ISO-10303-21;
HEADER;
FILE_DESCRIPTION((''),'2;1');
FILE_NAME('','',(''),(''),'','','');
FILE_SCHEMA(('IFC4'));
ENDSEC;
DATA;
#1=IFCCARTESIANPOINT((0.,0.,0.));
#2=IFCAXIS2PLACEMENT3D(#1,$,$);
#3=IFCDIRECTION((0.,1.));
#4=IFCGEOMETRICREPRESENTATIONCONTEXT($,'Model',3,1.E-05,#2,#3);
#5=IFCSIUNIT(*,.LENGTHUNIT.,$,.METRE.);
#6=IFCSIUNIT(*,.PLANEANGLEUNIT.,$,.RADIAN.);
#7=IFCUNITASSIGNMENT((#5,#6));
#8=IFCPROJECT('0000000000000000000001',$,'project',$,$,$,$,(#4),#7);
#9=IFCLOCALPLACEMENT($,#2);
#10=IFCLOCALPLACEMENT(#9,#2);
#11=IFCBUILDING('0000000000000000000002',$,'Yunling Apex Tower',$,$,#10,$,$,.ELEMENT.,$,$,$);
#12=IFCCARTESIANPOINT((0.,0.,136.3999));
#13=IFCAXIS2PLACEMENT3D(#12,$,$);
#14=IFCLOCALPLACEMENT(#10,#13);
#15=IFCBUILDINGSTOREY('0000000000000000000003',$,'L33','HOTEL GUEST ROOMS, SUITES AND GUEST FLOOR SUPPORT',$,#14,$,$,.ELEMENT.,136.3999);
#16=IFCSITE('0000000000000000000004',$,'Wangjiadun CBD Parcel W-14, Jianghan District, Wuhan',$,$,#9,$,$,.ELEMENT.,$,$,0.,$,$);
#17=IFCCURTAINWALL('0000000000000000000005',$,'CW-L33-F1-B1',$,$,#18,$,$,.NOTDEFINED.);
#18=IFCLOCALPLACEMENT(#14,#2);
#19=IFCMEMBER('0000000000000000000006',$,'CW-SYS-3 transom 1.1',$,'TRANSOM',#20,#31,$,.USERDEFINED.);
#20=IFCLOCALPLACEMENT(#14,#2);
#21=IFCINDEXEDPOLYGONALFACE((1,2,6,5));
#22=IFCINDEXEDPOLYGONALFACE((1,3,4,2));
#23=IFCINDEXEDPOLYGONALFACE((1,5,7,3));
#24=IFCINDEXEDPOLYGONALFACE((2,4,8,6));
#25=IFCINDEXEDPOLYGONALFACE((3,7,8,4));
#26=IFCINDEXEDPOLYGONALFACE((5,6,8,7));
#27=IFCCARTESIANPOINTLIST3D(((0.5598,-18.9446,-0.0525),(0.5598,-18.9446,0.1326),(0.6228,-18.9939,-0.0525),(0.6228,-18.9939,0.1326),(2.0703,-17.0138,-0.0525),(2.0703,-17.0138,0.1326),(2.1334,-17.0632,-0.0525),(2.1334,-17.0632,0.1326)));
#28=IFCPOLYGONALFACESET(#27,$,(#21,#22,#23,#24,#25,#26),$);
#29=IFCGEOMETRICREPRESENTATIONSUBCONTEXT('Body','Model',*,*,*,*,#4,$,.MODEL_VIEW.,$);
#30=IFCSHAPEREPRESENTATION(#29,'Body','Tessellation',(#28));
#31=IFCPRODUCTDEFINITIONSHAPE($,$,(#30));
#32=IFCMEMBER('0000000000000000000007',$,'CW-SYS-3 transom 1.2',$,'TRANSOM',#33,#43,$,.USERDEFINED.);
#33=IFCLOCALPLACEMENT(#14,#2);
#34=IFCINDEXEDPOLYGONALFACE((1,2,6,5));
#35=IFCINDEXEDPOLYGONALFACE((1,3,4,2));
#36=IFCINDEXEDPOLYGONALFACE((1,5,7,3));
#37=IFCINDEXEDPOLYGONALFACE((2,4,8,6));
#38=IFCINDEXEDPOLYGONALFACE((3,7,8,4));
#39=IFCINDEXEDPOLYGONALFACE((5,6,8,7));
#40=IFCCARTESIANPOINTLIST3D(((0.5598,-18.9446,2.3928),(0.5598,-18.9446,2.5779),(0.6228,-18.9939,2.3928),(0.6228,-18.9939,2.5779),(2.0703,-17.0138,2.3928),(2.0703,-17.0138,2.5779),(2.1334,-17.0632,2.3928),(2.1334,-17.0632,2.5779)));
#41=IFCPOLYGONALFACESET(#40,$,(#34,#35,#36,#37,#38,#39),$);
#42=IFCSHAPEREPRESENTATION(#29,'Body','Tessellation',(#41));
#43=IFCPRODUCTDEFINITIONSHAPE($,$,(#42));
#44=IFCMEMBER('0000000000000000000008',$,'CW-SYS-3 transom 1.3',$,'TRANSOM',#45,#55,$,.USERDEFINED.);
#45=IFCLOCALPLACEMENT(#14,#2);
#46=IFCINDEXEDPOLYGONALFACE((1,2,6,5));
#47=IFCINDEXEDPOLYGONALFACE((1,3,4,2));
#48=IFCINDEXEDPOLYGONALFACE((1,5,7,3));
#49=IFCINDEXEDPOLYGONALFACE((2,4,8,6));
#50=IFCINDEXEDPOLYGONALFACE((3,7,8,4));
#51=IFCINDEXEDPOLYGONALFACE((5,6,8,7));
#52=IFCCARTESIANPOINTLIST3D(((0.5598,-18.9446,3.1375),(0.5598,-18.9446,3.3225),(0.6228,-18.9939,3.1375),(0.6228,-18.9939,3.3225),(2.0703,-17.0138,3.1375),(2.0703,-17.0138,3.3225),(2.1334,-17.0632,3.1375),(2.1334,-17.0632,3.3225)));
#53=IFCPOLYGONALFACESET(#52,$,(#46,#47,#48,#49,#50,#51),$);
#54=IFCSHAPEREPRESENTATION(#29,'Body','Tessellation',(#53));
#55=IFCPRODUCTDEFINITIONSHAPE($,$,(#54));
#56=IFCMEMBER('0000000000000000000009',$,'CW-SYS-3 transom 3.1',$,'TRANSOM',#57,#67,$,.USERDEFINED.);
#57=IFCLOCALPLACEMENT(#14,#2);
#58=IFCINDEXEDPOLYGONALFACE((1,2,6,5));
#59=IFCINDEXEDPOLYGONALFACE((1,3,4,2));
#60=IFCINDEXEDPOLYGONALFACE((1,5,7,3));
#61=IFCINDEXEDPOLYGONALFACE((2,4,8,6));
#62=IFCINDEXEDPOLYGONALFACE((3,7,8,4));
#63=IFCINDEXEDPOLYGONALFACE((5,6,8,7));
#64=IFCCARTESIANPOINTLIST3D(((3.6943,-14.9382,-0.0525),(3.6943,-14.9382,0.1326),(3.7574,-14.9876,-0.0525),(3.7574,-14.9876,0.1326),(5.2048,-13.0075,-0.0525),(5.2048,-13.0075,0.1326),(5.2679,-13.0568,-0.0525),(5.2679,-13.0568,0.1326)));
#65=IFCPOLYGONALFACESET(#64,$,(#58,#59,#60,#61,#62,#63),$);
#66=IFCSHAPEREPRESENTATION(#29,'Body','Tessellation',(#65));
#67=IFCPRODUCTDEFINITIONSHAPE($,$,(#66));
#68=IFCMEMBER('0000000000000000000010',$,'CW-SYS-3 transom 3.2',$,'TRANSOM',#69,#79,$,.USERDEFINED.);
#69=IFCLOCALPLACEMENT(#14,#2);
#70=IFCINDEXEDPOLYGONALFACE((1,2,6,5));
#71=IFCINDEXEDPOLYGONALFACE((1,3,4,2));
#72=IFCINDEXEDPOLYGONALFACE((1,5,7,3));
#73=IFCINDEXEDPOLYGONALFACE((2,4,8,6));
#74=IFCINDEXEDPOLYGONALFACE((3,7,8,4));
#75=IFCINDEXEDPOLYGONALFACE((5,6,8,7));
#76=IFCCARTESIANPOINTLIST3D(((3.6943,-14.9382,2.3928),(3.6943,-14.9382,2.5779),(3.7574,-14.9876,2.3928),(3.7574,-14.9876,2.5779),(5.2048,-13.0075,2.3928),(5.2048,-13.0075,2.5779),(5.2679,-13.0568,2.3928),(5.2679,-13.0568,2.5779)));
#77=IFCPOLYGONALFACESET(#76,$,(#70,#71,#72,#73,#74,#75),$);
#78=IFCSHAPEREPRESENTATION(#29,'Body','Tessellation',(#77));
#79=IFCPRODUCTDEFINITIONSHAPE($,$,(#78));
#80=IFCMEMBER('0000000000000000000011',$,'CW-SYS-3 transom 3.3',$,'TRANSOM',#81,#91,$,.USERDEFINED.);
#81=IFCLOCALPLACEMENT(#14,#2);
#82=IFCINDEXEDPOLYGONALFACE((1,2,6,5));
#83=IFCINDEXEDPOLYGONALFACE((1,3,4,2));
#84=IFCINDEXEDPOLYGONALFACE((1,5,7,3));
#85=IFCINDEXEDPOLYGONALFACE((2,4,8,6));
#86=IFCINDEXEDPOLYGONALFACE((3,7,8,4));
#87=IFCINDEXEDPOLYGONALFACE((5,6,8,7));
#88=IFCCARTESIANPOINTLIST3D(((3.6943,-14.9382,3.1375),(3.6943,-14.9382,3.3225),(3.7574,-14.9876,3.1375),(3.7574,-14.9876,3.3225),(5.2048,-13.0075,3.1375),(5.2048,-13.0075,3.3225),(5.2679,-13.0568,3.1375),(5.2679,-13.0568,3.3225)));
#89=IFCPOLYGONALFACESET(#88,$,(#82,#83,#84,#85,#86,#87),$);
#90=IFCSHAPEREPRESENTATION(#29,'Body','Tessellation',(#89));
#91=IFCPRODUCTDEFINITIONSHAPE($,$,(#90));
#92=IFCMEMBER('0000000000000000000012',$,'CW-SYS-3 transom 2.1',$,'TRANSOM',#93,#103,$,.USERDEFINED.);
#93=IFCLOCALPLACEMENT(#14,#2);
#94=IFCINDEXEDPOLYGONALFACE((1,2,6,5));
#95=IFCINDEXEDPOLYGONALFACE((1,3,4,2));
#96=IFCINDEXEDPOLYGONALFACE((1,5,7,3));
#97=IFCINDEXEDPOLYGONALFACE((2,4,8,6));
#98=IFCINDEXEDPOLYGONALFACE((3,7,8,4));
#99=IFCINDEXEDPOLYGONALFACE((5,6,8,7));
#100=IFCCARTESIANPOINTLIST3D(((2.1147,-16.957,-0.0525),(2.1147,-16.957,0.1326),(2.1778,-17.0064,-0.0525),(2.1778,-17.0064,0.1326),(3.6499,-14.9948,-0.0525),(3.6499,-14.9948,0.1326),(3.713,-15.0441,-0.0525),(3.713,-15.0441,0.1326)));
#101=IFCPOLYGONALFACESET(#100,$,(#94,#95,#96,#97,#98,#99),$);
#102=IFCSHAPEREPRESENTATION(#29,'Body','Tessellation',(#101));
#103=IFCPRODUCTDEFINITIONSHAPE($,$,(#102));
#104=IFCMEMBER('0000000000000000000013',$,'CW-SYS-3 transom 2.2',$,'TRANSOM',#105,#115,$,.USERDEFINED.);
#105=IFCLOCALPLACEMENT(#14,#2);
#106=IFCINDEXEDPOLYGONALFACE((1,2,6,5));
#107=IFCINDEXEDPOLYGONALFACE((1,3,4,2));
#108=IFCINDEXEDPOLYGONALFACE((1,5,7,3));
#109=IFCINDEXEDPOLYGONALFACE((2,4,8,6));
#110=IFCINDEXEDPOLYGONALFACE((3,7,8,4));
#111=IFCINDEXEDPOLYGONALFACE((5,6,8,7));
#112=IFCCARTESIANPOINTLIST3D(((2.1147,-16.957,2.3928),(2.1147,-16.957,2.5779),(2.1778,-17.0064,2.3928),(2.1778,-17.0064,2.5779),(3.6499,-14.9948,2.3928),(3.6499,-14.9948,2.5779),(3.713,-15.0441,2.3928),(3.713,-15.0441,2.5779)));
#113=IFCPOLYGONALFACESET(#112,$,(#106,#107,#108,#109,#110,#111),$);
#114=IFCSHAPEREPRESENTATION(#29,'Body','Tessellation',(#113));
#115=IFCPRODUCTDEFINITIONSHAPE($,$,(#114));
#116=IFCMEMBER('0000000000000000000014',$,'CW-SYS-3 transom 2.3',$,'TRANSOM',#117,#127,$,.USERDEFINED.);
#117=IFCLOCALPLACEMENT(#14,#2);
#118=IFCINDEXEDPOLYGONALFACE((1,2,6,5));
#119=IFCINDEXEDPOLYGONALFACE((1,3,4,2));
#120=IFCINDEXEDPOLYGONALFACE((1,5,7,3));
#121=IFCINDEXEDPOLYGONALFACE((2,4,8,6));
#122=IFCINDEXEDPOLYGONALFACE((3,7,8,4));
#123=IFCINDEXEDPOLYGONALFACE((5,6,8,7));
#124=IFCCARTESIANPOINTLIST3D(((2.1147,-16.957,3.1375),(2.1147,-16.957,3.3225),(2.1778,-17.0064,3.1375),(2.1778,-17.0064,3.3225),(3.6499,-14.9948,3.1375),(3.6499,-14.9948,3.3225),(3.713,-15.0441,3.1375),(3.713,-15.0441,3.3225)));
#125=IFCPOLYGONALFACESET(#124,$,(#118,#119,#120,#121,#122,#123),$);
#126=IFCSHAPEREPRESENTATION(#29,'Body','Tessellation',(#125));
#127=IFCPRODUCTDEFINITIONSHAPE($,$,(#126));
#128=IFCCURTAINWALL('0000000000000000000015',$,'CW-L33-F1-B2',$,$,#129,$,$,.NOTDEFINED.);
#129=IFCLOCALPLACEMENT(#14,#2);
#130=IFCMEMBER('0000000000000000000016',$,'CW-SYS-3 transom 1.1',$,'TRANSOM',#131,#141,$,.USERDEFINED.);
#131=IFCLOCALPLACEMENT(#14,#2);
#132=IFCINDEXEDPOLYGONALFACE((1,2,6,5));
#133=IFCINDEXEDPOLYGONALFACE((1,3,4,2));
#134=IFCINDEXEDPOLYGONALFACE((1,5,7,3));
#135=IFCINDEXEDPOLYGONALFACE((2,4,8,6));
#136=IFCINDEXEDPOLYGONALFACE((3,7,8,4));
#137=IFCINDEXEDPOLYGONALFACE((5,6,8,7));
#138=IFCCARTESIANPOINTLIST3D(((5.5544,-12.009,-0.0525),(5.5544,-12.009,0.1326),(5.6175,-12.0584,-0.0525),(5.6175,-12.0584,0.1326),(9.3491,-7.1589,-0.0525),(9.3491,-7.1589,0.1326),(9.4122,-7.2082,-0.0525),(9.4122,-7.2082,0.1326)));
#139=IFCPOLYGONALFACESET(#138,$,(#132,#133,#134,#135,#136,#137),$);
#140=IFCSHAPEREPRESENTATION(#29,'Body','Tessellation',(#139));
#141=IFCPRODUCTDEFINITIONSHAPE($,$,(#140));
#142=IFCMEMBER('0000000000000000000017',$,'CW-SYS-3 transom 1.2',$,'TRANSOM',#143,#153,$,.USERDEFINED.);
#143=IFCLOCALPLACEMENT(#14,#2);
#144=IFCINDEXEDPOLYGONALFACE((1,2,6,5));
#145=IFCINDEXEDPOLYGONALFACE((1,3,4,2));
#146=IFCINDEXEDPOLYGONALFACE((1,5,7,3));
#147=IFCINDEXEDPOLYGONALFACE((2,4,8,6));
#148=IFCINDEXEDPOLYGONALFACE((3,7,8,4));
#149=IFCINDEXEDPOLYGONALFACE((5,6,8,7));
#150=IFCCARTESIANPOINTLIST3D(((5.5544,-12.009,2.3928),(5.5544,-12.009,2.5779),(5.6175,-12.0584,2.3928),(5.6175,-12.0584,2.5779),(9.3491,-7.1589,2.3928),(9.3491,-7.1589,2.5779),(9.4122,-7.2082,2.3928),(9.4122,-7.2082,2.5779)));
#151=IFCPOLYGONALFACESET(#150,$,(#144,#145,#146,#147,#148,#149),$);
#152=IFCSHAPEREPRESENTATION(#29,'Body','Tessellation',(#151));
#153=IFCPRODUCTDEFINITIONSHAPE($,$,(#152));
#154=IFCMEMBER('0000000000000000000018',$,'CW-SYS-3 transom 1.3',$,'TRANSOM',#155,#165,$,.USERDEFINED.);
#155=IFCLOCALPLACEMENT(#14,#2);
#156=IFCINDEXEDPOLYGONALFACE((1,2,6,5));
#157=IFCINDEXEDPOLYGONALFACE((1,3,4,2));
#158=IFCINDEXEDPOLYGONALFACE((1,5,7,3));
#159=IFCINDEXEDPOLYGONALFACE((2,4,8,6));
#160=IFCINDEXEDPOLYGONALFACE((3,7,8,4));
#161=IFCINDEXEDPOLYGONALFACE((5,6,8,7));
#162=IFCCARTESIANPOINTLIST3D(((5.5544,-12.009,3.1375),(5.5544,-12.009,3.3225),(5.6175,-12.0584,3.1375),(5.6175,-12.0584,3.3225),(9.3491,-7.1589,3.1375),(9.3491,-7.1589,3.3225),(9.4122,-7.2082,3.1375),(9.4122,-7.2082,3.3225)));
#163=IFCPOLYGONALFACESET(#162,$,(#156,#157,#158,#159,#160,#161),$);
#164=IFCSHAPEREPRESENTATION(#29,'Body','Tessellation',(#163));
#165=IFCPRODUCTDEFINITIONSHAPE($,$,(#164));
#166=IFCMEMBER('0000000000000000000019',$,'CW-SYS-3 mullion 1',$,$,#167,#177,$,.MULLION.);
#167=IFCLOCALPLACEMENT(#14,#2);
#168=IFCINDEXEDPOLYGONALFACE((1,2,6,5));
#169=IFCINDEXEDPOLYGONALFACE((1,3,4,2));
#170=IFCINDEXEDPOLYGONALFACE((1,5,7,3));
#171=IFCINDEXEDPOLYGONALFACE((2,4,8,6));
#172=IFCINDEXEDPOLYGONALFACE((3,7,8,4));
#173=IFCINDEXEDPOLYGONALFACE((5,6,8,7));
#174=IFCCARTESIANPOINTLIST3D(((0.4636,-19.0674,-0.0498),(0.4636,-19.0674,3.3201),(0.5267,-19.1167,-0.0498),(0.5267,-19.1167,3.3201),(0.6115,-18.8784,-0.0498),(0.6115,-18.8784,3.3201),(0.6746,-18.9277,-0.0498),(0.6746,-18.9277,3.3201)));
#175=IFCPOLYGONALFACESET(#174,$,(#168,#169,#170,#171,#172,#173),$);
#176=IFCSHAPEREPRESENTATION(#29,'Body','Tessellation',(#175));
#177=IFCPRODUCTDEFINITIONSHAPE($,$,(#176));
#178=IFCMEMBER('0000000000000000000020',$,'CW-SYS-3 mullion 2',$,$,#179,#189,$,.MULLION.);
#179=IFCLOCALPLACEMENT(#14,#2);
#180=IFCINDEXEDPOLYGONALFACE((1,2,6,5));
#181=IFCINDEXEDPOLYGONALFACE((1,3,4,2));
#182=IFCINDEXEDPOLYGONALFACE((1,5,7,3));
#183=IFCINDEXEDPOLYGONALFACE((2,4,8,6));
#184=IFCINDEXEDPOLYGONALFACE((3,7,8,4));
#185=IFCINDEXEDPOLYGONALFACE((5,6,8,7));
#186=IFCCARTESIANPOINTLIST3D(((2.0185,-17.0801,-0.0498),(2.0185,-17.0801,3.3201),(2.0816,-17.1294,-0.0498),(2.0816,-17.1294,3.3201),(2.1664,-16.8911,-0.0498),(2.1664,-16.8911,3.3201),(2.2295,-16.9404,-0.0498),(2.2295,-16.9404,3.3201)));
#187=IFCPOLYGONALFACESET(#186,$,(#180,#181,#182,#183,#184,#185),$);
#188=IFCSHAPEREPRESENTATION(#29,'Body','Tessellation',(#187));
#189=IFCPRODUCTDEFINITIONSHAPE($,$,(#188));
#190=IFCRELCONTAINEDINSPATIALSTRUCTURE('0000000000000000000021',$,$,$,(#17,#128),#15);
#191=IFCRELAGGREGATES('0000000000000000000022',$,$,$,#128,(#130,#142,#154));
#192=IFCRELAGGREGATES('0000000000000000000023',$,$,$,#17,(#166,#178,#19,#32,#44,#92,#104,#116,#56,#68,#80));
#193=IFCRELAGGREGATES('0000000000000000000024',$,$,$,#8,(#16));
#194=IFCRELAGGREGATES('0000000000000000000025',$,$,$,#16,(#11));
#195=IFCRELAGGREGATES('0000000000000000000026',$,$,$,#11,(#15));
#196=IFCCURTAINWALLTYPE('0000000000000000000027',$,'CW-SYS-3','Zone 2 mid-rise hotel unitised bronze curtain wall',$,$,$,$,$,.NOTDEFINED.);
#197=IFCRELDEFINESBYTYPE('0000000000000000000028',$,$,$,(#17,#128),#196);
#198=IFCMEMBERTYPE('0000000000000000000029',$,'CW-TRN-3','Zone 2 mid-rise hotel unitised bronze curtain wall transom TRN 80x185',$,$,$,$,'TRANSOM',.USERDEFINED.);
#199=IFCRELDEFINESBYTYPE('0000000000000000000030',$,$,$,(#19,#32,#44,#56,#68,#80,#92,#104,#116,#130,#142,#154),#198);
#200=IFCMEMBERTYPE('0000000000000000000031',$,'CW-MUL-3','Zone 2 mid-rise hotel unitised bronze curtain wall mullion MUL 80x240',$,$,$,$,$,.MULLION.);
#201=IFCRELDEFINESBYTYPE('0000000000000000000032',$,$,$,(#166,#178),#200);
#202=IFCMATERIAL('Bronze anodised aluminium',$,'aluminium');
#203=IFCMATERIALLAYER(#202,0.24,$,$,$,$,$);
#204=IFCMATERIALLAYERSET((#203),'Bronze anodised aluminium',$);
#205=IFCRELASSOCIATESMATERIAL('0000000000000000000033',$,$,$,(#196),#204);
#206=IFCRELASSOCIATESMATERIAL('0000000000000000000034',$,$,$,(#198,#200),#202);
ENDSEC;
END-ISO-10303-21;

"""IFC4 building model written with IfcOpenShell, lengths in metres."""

from ifc_helpers import new_model, si_unit, direction, frame, origin, origin_2d, place, context, subcontext, project, spatial, rectangle, extrude, source, transform, mapped, material, layer, layer_set, material_profile, profile_set, type_object, element, aggregate, save


model = new_model("IFC4")

# Units and contexts
model_context = context("Model", 3, precision=1e-05, world=origin(), true_north=direction((0.0, 1.0)))
body_context = subcontext(model_context, "Body", "Model", "MODEL_VIEW")
ifc_project = project(units=[si_unit("LENGTHUNIT", "METRE"), si_unit("PLANEANGLEUNIT", "RADIAN")], contexts=[model_context])

# Site, building, storey
site_placement = place(None, origin())
site = spatial("IfcSite", under=ifc_project, at=site_placement, Name="Wangjiadun CBD Parcel W-14, Jianghan District, Wuhan", CompositionType="ELEMENT", RefElevation=0.0)
building_placement = place(site_placement, origin())
building = spatial("IfcBuilding", under=site, at=building_placement, Name="Yunling Apex Tower", CompositionType="ELEMENT")
storey_placement = place(building_placement, frame((0.0, 0.0, 136.3999)))
storey = spatial("IfcBuildingStorey", under=building, at=storey_placement, Name="L33", Description="HOTEL GUEST ROOMS, SUITES AND GUEST FLOOR SUPPORT", CompositionType="ELEMENT", Elevation=136.3999)

# Curtain walls, members
ifc_material_1 = material(Name="Bronze anodised aluminium", Category="aluminium")
ifc_layer_1 = layer(ifc_material_1, 0.24)
ifc_layer_set_1 = layer_set([ifc_layer_1], Name="Bronze anodised aluminium")
curtain_wall_type = type_object("IfcCurtainWallType", Name="CW-SYS-3", Description="Zone 2 mid-rise hotel unitised bronze curtain wall", PredefinedType="NOTDEFINED", material=ifc_layer_set_1)
curtain_wall_1_placement = place(storey_placement, origin())
curtain_wall_1 = element("IfcCurtainWall", 1, at=curtain_wall_1_placement, inside=storey, type_object=curtain_wall_type, Name="CW-L33-F1-B1", PredefinedType="NOTDEFINED")
ifc_material_profile_1 = material_profile(ifc_material_1, rectangle(XDim=0.0801, YDim=0.1851, at=origin_2d()))
ifc_profile_set_1 = profile_set([ifc_material_profile_1], Name="Bronze anodised aluminium")
member_type_1 = type_object("IfcMemberType", Name="CW-TRN-3", Description="Zone 2 mid-rise hotel unitised bronze curtain wall transom TRN 80x185", ElementType="TRANSOM", PredefinedType="USERDEFINED", material=ifc_profile_set_1)
shared_shape_1 = source(origin(), body_context, "Body", "SweptSolid", [
    extrude(rectangle(XDim=0.0801, YDim=0.1851, at=origin_2d()), origin(), (0.0, 0.0, 1.0), 2.4514),
])
member_1_placement = place(storey_placement, frame((0.5913, -18.9692, 0.04), z_axis=(0.616193, 0.787595, 0.0), x_axis=(-0.787595, 0.616193, 0.0)))
member_1 = element("IfcMember", 2, at=member_1_placement, type_object=member_type_1, Name="CW-SYS-3 transom 1.1", ObjectType="TRANSOM", PredefinedType="USERDEFINED", context=body_context, shape_type="MappedRepresentation", body=[
    mapped(shared_shape_1, transform((0.0, 0.0, 0.0), scale=1.0)),
])
member_2_placement = place(storey_placement, frame((0.5913, -18.9692, 2.4854), z_axis=(0.616193, 0.787595, 0.0), x_axis=(-0.787595, 0.616193, 0.0)))
member_2 = element("IfcMember", 3, at=member_2_placement, type_object=member_type_1, Name="CW-SYS-3 transom 1.2", ObjectType="TRANSOM", PredefinedType="USERDEFINED", context=body_context, shape_type="MappedRepresentation", body=[
    mapped(shared_shape_1, transform((0.0, 0.0, 0.0), scale=1.0)),
])
member_3_placement = place(storey_placement, frame((0.5913, -18.9692, 3.23), z_axis=(0.616193, 0.787595, 0.0), x_axis=(-0.787595, 0.616193, 0.0)))
member_3 = element("IfcMember", 4, at=member_3_placement, type_object=member_type_1, Name="CW-SYS-3 transom 1.3", ObjectType="TRANSOM", PredefinedType="USERDEFINED", context=body_context, shape_type="MappedRepresentation", body=[
    mapped(shared_shape_1, transform((0.0, 0.0, 0.0), scale=1.0)),
])
member_4_placement = place(storey_placement, frame((3.7258, -14.9629, 0.04), z_axis=(0.616193, 0.787595, 0.0), x_axis=(-0.787595, 0.616193, 0.0)))
member_4 = element("IfcMember", 5, at=member_4_placement, type_object=member_type_1, Name="CW-SYS-3 transom 3.1", ObjectType="TRANSOM", PredefinedType="USERDEFINED", context=body_context, shape_type="MappedRepresentation", body=[
    mapped(shared_shape_1, transform((0.0, 0.0, 0.0), scale=1.0)),
])
member_5_placement = place(storey_placement, frame((3.7258, -14.9629, 2.4854), z_axis=(0.616193, 0.787595, 0.0), x_axis=(-0.787595, 0.616193, 0.0)))
member_5 = element("IfcMember", 6, at=member_5_placement, type_object=member_type_1, Name="CW-SYS-3 transom 3.2", ObjectType="TRANSOM", PredefinedType="USERDEFINED", context=body_context, shape_type="MappedRepresentation", body=[
    mapped(shared_shape_1, transform((0.0, 0.0, 0.0), scale=1.0)),
])
member_6_placement = place(storey_placement, frame((3.7258, -14.9629, 3.23), z_axis=(0.616193, 0.787595, 0.0), x_axis=(-0.787595, 0.616193, 0.0)))
member_6 = element("IfcMember", 7, at=member_6_placement, type_object=member_type_1, Name="CW-SYS-3 transom 3.3", ObjectType="TRANSOM", PredefinedType="USERDEFINED", context=body_context, shape_type="MappedRepresentation", body=[
    mapped(shared_shape_1, transform((0.0, 0.0, 0.0), scale=1.0)),
])
shared_shape_2 = source(origin(), body_context, "Body", "SweptSolid", [
    extrude(rectangle(XDim=0.0801, YDim=0.1851, at=origin_2d()), origin(), (0.0, 0.0, 1.0), 2.4915),
])
member_7_placement = place(storey_placement, frame((2.1462, -16.9817, 0.04), z_axis=(0.616197, 0.787592, 0.0), x_axis=(-0.787592, 0.616197, 0.0)))
member_7 = element("IfcMember", 8, at=member_7_placement, type_object=member_type_1, Name="CW-SYS-3 transom 2.1", ObjectType="TRANSOM", PredefinedType="USERDEFINED", context=body_context, shape_type="MappedRepresentation", body=[
    mapped(shared_shape_2, transform((0.0, 0.0, 0.0), scale=1.0)),
])
member_8_placement = place(storey_placement, frame((2.1462, -16.9817, 2.4854), z_axis=(0.616197, 0.787592, 0.0), x_axis=(-0.787592, 0.616197, 0.0)))
member_8 = element("IfcMember", 9, at=member_8_placement, type_object=member_type_1, Name="CW-SYS-3 transom 2.2", ObjectType="TRANSOM", PredefinedType="USERDEFINED", context=body_context, shape_type="MappedRepresentation", body=[
    mapped(shared_shape_2, transform((0.0, 0.0, 0.0), scale=1.0)),
])
member_9_placement = place(storey_placement, frame((2.1462, -16.9817, 3.23), z_axis=(0.616197, 0.787592, 0.0), x_axis=(-0.787592, 0.616197, 0.0)))
member_9 = element("IfcMember", 10, at=member_9_placement, type_object=member_type_1, Name="CW-SYS-3 transom 2.3", ObjectType="TRANSOM", PredefinedType="USERDEFINED", context=body_context, shape_type="MappedRepresentation", body=[
    mapped(shared_shape_2, transform((0.0, 0.0, 0.0), scale=1.0)),
])
curtain_wall_2_placement = place(storey_placement, origin())
curtain_wall_2 = element("IfcCurtainWall", 11, at=curtain_wall_2_placement, inside=storey, type_object=curtain_wall_type, Name="CW-L33-F1-B2", PredefinedType="NOTDEFINED")
shared_shape_3 = source(origin(), body_context, "Body", "SweptSolid", [
    extrude(rectangle(XDim=0.0801, YDim=0.1851, at=origin_2d()), origin(), (0.0, 0.0, 1.0), 6.1582),
])
member_10_placement = place(storey_placement, frame((5.5859, -12.0337, 0.04), z_axis=(0.616202, 0.787588, 0.0), x_axis=(-0.787588, 0.616202, 0.0)))
member_10 = element("IfcMember", 12, at=member_10_placement, type_object=member_type_1, Name="CW-SYS-3 transom 1.1", ObjectType="TRANSOM", PredefinedType="USERDEFINED", context=body_context, shape_type="MappedRepresentation", body=[
    mapped(shared_shape_3, transform((0.0, 0.0, 0.0), scale=1.0)),
])
member_11_placement = place(storey_placement, frame((5.5859, -12.0337, 2.4854), z_axis=(0.616202, 0.787588, 0.0), x_axis=(-0.787588, 0.616202, 0.0)))
member_11 = element("IfcMember", 13, at=member_11_placement, type_object=member_type_1, Name="CW-SYS-3 transom 1.2", ObjectType="TRANSOM", PredefinedType="USERDEFINED", context=body_context, shape_type="MappedRepresentation", body=[
    mapped(shared_shape_3, transform((0.0, 0.0, 0.0), scale=1.0)),
])
member_12_placement = place(storey_placement, frame((5.5859, -12.0337, 3.23), z_axis=(0.616202, 0.787588, 0.0), x_axis=(-0.787588, 0.616202, 0.0)))
member_12 = element("IfcMember", 14, at=member_12_placement, type_object=member_type_1, Name="CW-SYS-3 transom 1.3", ObjectType="TRANSOM", PredefinedType="USERDEFINED", context=body_context, shape_type="MappedRepresentation", body=[
    mapped(shared_shape_3, transform((0.0, 0.0, 0.0), scale=1.0)),
])

# Members
ifc_material_profile_2 = material_profile(ifc_material_1, rectangle(XDim=0.0801, YDim=0.24, at=origin_2d()))
ifc_profile_set_2 = profile_set([ifc_material_profile_2], Name="Bronze anodised aluminium")
member_type_2 = type_object("IfcMemberType", Name="CW-MUL-3", Description="Zone 2 mid-rise hotel unitised bronze curtain wall mullion MUL 80x240", PredefinedType="MULLION", material=ifc_profile_set_2)
shared_shape_4 = source(origin(), body_context, "Body", "SweptSolid", [
    extrude(rectangle(XDim=0.0801, YDim=0.24, at=origin_2d()), origin(), (0.0, 0.0, 1.0), 3.3699),
])
member_13_placement = place(storey_placement, frame((0.5691, -18.9976, -0.0498), z_axis=(0.0, 0.0, 1.0), x_axis=(-0.787584, 0.616208, 0.0)))
member_13 = element("IfcMember", 15, at=member_13_placement, type_object=member_type_2, Name="CW-SYS-3 mullion 1", PredefinedType="MULLION", context=body_context, shape_type="MappedRepresentation", body=[
    mapped(shared_shape_4, transform((0.0, 0.0, 0.0), scale=1.0)),
])
member_14_placement = place(storey_placement, frame((2.124, -17.0103, -0.0498), z_axis=(0.0, 0.0, 1.0), x_axis=(-0.787584, 0.616208, 0.0)))
member_14 = element("IfcMember", 16, at=member_14_placement, type_object=member_type_2, Name="CW-SYS-3 mullion 2", PredefinedType="MULLION", context=body_context, shape_type="MappedRepresentation", body=[
    mapped(shared_shape_4, transform((0.0, 0.0, 0.0), scale=1.0)),
])
aggregate(curtain_wall_2, [member_10, member_11, member_12])

aggregate(curtain_wall_1, [member_13, member_14, member_1, member_2, member_3, member_7, member_8, member_9, member_4, member_5, member_6])

save(model, "model.ifc")
